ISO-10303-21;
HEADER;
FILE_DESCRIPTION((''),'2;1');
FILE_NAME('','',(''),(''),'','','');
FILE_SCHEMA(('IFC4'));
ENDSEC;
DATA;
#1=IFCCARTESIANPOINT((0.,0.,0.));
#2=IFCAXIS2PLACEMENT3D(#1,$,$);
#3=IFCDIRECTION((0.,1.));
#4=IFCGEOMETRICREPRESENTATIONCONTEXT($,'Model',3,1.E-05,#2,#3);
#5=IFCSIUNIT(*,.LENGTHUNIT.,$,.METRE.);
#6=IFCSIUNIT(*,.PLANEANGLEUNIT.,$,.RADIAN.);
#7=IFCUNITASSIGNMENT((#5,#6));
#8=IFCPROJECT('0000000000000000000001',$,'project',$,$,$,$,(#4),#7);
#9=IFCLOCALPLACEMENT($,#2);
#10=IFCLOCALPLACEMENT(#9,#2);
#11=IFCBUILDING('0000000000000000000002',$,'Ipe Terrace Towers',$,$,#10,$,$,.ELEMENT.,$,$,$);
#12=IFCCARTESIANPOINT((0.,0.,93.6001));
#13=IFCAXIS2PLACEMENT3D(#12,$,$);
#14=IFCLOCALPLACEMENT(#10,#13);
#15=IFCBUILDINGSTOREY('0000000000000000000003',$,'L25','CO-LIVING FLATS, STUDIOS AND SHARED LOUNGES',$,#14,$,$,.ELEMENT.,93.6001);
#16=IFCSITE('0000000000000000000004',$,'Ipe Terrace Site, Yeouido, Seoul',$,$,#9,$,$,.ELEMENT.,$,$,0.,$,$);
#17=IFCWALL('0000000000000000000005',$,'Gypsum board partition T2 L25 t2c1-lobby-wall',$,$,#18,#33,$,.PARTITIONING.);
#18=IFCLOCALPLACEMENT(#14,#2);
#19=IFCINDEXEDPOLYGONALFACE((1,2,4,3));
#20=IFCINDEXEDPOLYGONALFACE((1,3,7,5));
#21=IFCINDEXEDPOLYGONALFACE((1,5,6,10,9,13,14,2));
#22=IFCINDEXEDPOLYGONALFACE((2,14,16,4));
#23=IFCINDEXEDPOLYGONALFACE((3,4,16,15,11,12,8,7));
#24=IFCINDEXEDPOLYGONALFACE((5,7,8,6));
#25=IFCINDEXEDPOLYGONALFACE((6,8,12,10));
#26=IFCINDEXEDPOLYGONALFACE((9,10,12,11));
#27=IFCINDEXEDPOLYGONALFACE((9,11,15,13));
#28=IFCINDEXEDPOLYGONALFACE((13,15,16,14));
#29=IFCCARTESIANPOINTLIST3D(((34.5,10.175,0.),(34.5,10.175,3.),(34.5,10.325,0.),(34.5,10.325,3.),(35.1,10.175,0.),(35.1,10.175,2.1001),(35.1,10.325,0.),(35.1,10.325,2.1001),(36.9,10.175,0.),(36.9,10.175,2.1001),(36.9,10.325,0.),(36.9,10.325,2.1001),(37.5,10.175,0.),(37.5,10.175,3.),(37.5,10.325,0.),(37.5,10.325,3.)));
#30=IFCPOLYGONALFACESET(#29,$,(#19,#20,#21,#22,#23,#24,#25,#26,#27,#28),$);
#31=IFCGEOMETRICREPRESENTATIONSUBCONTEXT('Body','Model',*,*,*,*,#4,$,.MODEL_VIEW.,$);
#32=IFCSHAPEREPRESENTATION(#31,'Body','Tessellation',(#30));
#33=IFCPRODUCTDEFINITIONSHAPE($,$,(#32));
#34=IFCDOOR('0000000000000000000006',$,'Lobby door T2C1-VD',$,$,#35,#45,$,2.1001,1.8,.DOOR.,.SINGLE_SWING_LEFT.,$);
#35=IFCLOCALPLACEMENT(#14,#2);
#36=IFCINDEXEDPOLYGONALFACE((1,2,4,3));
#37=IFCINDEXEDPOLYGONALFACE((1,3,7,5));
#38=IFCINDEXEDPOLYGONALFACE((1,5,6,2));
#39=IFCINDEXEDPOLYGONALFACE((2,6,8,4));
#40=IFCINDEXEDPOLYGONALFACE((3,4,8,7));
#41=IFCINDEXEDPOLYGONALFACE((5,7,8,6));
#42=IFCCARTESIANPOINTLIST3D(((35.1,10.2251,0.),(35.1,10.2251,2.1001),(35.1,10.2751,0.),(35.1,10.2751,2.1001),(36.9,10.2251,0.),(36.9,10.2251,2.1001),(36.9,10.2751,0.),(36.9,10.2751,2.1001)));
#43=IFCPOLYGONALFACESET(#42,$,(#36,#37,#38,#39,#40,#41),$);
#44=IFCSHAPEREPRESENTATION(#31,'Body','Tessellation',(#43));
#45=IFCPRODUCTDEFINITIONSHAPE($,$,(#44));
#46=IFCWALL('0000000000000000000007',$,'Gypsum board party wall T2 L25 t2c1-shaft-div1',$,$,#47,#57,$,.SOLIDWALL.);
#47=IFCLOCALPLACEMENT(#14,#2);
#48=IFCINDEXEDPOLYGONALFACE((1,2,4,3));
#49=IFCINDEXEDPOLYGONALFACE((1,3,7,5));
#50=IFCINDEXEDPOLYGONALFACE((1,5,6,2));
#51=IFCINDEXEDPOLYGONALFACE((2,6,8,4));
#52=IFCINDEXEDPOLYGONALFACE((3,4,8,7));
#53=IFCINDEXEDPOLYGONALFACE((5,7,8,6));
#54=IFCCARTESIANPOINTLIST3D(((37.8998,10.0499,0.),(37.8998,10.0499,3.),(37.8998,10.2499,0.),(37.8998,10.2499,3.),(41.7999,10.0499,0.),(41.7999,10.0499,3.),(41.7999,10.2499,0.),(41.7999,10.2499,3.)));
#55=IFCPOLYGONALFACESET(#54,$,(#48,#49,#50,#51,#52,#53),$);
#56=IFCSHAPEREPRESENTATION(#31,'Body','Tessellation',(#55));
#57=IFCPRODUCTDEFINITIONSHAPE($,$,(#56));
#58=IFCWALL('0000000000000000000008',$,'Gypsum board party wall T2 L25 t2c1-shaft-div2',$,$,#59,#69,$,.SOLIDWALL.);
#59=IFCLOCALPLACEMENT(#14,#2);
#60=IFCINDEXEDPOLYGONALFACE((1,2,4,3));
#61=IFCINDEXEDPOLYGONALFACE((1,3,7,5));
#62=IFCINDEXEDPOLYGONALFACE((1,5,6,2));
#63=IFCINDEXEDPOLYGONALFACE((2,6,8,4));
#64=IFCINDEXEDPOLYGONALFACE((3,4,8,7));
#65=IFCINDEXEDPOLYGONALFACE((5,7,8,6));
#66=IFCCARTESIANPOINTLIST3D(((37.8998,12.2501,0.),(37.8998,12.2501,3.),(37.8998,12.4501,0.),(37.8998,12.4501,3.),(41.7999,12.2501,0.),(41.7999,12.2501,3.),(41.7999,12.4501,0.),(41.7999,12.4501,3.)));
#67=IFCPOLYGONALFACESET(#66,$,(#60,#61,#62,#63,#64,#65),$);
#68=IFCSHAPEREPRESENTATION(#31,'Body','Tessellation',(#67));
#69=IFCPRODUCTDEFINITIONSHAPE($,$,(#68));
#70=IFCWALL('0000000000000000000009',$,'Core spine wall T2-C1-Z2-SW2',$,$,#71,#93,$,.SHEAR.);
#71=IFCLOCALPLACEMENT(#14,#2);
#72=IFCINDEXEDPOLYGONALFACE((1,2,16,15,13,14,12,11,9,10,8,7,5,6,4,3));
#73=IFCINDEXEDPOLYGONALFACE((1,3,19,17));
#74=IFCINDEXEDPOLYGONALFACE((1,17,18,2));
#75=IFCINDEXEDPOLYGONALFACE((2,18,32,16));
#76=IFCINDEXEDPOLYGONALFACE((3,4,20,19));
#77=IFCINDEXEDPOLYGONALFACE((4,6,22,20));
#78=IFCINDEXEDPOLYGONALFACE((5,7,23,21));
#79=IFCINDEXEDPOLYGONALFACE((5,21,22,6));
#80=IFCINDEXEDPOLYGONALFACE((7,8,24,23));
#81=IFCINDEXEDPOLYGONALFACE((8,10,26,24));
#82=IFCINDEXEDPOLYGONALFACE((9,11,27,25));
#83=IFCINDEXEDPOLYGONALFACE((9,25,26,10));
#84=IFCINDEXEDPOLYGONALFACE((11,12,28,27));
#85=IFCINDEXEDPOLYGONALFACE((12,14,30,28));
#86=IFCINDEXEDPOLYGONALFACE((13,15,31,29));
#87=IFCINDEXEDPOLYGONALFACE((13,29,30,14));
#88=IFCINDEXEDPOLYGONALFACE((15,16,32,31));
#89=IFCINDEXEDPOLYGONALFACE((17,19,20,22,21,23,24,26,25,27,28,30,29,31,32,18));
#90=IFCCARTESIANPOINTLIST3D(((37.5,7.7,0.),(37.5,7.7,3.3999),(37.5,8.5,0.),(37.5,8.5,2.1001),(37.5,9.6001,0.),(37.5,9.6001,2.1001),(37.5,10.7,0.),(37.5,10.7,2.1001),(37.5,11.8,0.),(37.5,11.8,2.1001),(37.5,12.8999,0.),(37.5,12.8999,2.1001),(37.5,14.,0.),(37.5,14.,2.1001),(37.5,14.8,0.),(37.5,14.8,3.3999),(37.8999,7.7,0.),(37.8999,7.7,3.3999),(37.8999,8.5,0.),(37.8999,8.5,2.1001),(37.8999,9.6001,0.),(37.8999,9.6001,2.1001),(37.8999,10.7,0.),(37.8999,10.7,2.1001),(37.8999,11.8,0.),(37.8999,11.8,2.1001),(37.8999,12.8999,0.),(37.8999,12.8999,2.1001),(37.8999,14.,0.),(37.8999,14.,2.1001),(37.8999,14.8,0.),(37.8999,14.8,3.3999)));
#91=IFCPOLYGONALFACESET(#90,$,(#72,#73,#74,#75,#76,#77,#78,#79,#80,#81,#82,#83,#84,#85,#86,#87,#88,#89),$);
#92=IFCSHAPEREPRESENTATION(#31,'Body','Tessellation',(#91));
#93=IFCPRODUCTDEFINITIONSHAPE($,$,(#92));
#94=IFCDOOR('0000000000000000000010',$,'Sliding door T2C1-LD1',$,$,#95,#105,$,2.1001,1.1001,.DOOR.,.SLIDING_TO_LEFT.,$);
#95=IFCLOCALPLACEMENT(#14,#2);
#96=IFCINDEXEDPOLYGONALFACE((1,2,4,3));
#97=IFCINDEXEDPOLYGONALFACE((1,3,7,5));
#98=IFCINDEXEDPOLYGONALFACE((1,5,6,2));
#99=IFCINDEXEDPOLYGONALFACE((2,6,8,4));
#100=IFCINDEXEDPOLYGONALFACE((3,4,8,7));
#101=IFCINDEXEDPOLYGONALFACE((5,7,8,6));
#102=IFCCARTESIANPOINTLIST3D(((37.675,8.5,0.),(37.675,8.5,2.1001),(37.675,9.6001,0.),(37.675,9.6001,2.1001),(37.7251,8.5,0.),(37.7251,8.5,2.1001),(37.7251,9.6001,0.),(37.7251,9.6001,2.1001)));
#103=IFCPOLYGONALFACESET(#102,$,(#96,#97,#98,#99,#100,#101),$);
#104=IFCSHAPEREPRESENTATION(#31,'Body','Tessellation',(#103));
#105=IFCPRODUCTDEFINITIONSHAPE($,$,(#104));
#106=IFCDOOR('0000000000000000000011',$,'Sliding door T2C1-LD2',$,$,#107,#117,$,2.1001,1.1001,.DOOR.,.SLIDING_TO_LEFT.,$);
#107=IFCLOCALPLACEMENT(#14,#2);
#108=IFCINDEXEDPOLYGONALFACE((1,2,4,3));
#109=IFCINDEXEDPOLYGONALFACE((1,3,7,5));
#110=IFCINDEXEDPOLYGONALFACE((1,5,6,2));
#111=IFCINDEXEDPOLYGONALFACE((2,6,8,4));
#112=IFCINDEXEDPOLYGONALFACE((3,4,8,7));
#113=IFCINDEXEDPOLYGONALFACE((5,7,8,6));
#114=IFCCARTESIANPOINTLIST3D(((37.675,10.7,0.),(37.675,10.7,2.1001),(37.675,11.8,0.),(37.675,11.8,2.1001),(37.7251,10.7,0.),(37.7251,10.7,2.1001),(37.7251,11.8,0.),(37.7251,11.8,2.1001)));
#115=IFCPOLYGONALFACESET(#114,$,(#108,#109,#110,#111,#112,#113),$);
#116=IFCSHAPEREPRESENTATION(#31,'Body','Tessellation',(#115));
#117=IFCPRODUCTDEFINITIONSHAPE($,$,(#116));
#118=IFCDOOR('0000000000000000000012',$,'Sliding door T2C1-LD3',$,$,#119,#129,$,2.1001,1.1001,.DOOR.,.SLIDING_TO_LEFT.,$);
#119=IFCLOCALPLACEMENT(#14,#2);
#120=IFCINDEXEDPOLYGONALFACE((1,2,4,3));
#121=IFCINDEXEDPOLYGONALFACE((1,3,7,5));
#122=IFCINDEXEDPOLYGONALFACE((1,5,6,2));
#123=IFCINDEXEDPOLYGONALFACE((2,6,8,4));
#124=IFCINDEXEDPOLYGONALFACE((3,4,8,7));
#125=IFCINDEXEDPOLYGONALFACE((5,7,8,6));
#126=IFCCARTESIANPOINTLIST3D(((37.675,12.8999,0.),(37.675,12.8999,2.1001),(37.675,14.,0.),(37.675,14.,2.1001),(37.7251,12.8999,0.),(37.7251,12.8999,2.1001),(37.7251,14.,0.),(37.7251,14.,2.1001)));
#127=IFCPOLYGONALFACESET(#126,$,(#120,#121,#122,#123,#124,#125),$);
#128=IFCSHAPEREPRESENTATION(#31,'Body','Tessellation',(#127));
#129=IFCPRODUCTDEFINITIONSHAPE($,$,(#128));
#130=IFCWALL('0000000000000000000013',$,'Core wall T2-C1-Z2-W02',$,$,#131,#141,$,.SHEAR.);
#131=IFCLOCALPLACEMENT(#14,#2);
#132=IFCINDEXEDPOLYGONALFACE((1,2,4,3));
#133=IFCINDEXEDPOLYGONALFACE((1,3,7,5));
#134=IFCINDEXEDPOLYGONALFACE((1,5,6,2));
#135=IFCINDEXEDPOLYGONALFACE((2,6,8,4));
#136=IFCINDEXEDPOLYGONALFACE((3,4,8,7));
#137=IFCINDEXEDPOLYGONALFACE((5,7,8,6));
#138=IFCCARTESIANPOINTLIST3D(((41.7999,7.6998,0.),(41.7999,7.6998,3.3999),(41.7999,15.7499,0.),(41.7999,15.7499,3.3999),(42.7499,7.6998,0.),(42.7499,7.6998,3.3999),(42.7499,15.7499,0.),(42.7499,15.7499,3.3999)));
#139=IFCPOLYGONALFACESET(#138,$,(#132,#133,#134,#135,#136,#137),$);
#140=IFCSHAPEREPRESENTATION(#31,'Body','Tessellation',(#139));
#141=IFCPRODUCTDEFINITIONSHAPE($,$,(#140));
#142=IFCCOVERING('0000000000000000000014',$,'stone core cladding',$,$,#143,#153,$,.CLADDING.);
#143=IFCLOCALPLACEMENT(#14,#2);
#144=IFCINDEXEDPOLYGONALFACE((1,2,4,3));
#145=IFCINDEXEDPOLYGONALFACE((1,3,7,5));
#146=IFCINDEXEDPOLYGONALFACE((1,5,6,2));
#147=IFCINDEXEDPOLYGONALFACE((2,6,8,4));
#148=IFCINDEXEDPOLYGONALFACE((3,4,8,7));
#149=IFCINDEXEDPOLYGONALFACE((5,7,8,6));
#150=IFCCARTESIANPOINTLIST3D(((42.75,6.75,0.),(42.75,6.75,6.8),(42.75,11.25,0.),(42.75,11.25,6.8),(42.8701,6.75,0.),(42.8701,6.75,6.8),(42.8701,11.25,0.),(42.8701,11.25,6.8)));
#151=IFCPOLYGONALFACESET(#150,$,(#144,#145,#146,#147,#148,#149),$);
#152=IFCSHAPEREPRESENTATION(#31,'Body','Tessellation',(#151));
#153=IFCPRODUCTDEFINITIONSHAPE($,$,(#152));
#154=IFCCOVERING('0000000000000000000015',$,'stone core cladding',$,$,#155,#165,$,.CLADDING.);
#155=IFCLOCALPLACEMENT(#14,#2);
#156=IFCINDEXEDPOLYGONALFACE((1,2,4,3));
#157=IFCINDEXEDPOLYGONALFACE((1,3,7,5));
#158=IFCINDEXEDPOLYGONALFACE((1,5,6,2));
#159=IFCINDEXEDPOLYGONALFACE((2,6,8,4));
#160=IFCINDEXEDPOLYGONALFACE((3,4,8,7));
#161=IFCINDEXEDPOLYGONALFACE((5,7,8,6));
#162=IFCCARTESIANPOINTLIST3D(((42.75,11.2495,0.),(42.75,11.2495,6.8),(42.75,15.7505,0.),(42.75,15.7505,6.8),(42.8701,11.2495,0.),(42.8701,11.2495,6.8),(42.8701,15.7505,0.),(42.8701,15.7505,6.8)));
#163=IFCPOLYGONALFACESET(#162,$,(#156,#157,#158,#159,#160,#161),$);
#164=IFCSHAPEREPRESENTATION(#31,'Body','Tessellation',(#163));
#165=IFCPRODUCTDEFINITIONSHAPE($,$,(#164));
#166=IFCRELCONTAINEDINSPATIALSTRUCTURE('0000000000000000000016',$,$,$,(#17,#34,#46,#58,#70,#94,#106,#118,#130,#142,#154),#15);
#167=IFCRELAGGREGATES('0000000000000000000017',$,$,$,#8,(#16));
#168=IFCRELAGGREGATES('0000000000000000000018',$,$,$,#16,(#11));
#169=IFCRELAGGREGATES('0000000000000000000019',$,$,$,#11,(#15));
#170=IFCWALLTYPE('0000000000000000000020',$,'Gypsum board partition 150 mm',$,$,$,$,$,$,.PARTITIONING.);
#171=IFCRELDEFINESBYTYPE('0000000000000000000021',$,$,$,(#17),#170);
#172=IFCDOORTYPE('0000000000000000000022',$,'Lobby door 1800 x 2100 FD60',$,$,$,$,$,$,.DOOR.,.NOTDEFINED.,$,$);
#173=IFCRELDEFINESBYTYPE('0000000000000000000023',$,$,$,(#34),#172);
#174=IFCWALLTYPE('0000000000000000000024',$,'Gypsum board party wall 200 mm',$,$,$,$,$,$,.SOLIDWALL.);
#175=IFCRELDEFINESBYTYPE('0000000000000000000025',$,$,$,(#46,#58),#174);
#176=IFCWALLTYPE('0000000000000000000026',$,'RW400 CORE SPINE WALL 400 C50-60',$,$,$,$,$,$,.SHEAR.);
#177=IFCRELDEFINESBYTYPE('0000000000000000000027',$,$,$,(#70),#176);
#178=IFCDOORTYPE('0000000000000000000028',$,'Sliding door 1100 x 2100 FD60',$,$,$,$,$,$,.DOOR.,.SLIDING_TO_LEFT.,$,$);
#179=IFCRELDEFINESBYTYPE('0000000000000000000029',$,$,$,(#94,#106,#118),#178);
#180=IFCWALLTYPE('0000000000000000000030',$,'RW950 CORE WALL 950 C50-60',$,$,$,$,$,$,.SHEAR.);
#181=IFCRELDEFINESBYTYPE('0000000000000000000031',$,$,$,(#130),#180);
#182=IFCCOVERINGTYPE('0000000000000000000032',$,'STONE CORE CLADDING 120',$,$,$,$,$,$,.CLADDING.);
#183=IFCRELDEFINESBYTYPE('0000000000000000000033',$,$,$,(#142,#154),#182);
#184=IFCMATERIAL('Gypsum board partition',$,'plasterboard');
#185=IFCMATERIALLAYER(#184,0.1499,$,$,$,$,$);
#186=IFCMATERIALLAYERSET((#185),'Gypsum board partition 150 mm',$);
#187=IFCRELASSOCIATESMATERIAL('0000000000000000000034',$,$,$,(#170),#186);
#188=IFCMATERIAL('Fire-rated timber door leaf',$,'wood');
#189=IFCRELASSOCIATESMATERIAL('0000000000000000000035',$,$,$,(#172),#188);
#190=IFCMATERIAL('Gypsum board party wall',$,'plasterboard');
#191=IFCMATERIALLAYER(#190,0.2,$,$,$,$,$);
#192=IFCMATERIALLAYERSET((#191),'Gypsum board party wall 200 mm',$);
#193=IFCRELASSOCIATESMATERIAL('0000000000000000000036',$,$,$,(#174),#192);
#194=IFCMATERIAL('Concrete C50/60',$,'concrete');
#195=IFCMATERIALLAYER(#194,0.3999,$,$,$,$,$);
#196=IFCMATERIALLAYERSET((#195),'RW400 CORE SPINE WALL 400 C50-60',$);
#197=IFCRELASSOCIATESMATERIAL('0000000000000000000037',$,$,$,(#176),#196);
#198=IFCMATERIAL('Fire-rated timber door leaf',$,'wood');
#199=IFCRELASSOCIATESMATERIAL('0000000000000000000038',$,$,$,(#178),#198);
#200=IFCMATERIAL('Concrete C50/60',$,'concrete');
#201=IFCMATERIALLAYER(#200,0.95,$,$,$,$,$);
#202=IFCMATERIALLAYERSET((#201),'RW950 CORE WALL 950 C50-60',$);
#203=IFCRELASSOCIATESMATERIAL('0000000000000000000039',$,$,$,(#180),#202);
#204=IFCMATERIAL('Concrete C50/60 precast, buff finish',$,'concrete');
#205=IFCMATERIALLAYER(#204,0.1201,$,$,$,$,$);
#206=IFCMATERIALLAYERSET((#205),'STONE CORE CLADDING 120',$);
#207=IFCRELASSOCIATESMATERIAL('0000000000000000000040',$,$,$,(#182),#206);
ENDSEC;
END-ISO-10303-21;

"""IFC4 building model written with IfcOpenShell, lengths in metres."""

from ifc_helpers import new_model, si_unit, direction, frame, frame_2d, origin, origin_2d, place, context, subcontext, project, spatial, rectangle, extrude, material, layer, layer_set, type_object, element, fill, save


model = new_model("IFC4")

# Units and contexts
model_context = context("Model", 3, precision=1e-05, world=origin(), true_north=direction((0.0, 1.0)))
body_context = subcontext(model_context, "Body", "Model", "MODEL_VIEW")
ifc_project = project(units=[si_unit("LENGTHUNIT", "METRE"), si_unit("PLANEANGLEUNIT", "RADIAN")], contexts=[model_context])

# Site, building, storey
site_placement = place(None, origin())
site = spatial("IfcSite", under=ifc_project, at=site_placement, Name="Ipe Terrace Site, Yeouido, Seoul", CompositionType="ELEMENT", RefElevation=0.0)
building_placement = place(site_placement, origin())
building = spatial("IfcBuilding", under=site, at=building_placement, Name="Ipe Terrace Towers", CompositionType="ELEMENT")
storey_placement = place(building_placement, frame((0.0, 0.0, 93.6001)))
storey = spatial("IfcBuildingStorey", under=building, at=storey_placement, Name="L25", Description="CO-LIVING FLATS, STUDIOS AND SHARED LOUNGES", CompositionType="ELEMENT", Elevation=93.6001)

# Wall, opening, door
ifc_material_1 = material(Name="Gypsum board partition", Category="plasterboard")
ifc_layer_1 = layer(ifc_material_1, 0.1499)
ifc_layer_set_1 = layer_set([ifc_layer_1], Name="Gypsum board partition 150 mm")
wall_type_1 = type_object("IfcWallType", Name="Gypsum board partition 150 mm", PredefinedType="PARTITIONING", material=ifc_layer_set_1)
wall_1_placement = place(storey_placement, frame((37.5, 10.25, 0.0), z_axis=(0.0, 0.0, 1.0), x_axis=(-1.0, 0.0, 0.0)))
wall_1 = element("IfcWall", 1, at=wall_1_placement, inside=storey, type_object=wall_type_1, Name="Gypsum board partition T2 L25 t2c1-lobby-wall", PredefinedType="PARTITIONING", context=body_context, shape_type="SweptSolid", body=[
    extrude(rectangle(XDim=3.0, YDim=0.1499, at=frame_2d((1.5, 0.0))), origin(), (0.0, 0.0, 1.0), 3.0),
])
opening_1_placement = place(wall_1_placement, frame((0.6001, 0.0, 0.0)))
opening_1 = element("IfcOpeningElement", 2, at=opening_1_placement, cuts=wall_1, PredefinedType="OPENING", context=body_context, shape_type="SweptSolid", body=[
    extrude(rectangle(XDim=1.8, YDim=2.1001, at=frame_2d((0.8999, 1.05))), frame((0.0, 0.085, 0.0), z_axis=(0.0, -1.0, 0.0), x_axis=(1.0, 0.0, 0.0)), (0.0, 0.0, 1.0), 0.1699),
])
ifc_material_2 = material(Name="Fire-rated timber door leaf", Category="wood")
door_type_1 = type_object("IfcDoorType", Name="Lobby door 1800 x 2100 FD60", OperationType="NOTDEFINED", PredefinedType="DOOR", material=ifc_material_2)
door_1_placement = place(opening_1_placement, origin())
door_1 = element("IfcDoor", 3, at=door_1_placement, inside=storey, type_object=door_type_1, Name="Lobby door T2C1-VD", OperationType="SINGLE_SWING_LEFT", OverallHeight=2.1001, OverallWidth=1.8, PredefinedType="DOOR", context=body_context, shape_type="SweptSolid", body=[
    extrude(rectangle(XDim=1.8, YDim=2.1001, at=frame_2d((0.8999, 1.05))), frame((0.0, 0.0249, 0.0), z_axis=(0.0, -1.0, 0.0), x_axis=(1.0, 0.0, 0.0)), (0.0, 0.0, 1.0), 0.05),
])
fill(opening_1, door_1)

# Walls
ifc_material_3 = material(Name="Gypsum board party wall", Category="plasterboard")
ifc_layer_2 = layer(ifc_material_3, 0.2)
ifc_layer_set_2 = layer_set([ifc_layer_2], Name="Gypsum board party wall 200 mm")
wall_type_2 = type_object("IfcWallType", Name="Gypsum board party wall 200 mm", PredefinedType="SOLIDWALL", material=ifc_layer_set_2)
for number, where, z_axis, x_axis, name in (
    (4, (41.8, 10.1499, 0.0), (0.0, 0.0, 1.0), (-1.0, 0.0, 0.0), "Gypsum board party wall T2 L25 t2c1-shaft-div1"),
    (5, (41.8, 12.3501, 0.0), (0.0, 0.0, 1.0), (-1.0, 0.0, 0.0), "Gypsum board party wall T2 L25 t2c1-shaft-div2"),
):
    element("IfcWall", number, at=place(storey_placement, frame(where, z_axis=z_axis, x_axis=x_axis)), inside=storey, type_object=wall_type_2, Name=name, PredefinedType="SOLIDWALL", context=body_context, shape_type="SweptSolid", body=[
        extrude(rectangle(XDim=3.9001, YDim=0.2, at=frame_2d((1.9502, 0.0))), origin(), (0.0, 0.0, 1.0), 3.0),
    ])

# Wall, openings, doors
ifc_material_4 = material(Name="Concrete C50/60", Category="concrete")
ifc_layer_3 = layer(ifc_material_4, 0.3999)
ifc_layer_set_3 = layer_set([ifc_layer_3], Name="RW400 CORE SPINE WALL 400 C50-60")
wall_type_3 = type_object("IfcWallType", Name="RW400 CORE SPINE WALL 400 C50-60", PredefinedType="SHEAR", material=ifc_layer_set_3)
wall_2_placement = place(storey_placement, frame((37.7, 7.7, 0.0), z_axis=(0.0, 0.0, 1.0), x_axis=(0.0, 1.0, 0.0)))
wall_2 = element("IfcWall", 6, at=wall_2_placement, inside=storey, type_object=wall_type_3, Name="Core spine wall T2-C1-Z2-SW2", PredefinedType="SHEAR", context=body_context, shape_type="SweptSolid", body=[
    extrude(rectangle(XDim=7.1001, YDim=0.3999, at=frame_2d((3.55, 0.0))), origin(), (0.0, 0.0, 1.0), 3.3999),
])
opening_2_placement = place(wall_2_placement, frame((0.8, 0.0, 0.0)))
opening_2 = element("IfcOpeningElement", 7, at=opening_2_placement, cuts=wall_2, PredefinedType="OPENING", context=body_context, shape_type="SweptSolid", body=[
    extrude(rectangle(XDim=1.1001, YDim=2.1001, at=frame_2d((0.55, 1.05))), frame((0.0, 0.21, 0.0), z_axis=(0.0, -1.0, 0.0), x_axis=(1.0, 0.0, 0.0)), (0.0, 0.0, 1.0), 0.4199),
])
opening_3_placement = place(wall_2_placement, frame((3.0, 0.0, 0.0)))
opening_3 = element("IfcOpeningElement", 8, at=opening_3_placement, cuts=wall_2, PredefinedType="OPENING", context=body_context, shape_type="SweptSolid", body=[
    extrude(rectangle(XDim=1.1001, YDim=2.1001, at=frame_2d((0.55, 1.05))), frame((0.0, 0.21, 0.0), z_axis=(0.0, -1.0, 0.0), x_axis=(1.0, 0.0, 0.0)), (0.0, 0.0, 1.0), 0.4199),
])
opening_4_placement = place(wall_2_placement, frame((5.2, 0.0, 0.0)))
opening_4 = element("IfcOpeningElement", 9, at=opening_4_placement, cuts=wall_2, PredefinedType="OPENING", context=body_context, shape_type="SweptSolid", body=[
    extrude(rectangle(XDim=1.1001, YDim=2.1001, at=frame_2d((0.55, 1.05))), frame((0.0, 0.21, 0.0), z_axis=(0.0, -1.0, 0.0), x_axis=(1.0, 0.0, 0.0)), (0.0, 0.0, 1.0), 0.4199),
])
ifc_material_5 = material(Name="Fire-rated timber door leaf", Category="wood")
door_type_2 = type_object("IfcDoorType", Name="Sliding door 1100 x 2100 FD60", OperationType="SLIDING_TO_LEFT", PredefinedType="DOOR", material=ifc_material_5)
door_2_placement = place(opening_2_placement, origin())
door_2 = element("IfcDoor", 10, at=door_2_placement, inside=storey, type_object=door_type_2, Name="Sliding door T2C1-LD1", OperationType="SLIDING_TO_LEFT", OverallHeight=2.1001, OverallWidth=1.1001, PredefinedType="DOOR", context=body_context, shape_type="SweptSolid", body=[
    extrude(rectangle(XDim=1.1001, YDim=2.1001, at=frame_2d((0.55, 1.05))), frame((0.0, 0.0249, 0.0), z_axis=(0.0, -1.0, 0.0), x_axis=(1.0, 0.0, 0.0)), (0.0, 0.0, 1.0), 0.05),
])
fill(opening_2, door_2)
door_3_placement = place(opening_3_placement, origin())
door_3 = element("IfcDoor", 11, at=door_3_placement, inside=storey, type_object=door_type_2, Name="Sliding door T2C1-LD2", OperationType="SLIDING_TO_LEFT", OverallHeight=2.1001, OverallWidth=1.1001, PredefinedType="DOOR", context=body_context, shape_type="SweptSolid", body=[
    extrude(rectangle(XDim=1.1001, YDim=2.1001, at=frame_2d((0.55, 1.05))), frame((0.0, 0.0249, 0.0), z_axis=(0.0, -1.0, 0.0), x_axis=(1.0, 0.0, 0.0)), (0.0, 0.0, 1.0), 0.05),
])
fill(opening_3, door_3)
door_4_placement = place(opening_4_placement, origin())
door_4 = element("IfcDoor", 12, at=door_4_placement, inside=storey, type_object=door_type_2, Name="Sliding door T2C1-LD3", OperationType="SLIDING_TO_LEFT", OverallHeight=2.1001, OverallWidth=1.1001, PredefinedType="DOOR", context=body_context, shape_type="SweptSolid", body=[
    extrude(rectangle(XDim=1.1001, YDim=2.1001, at=frame_2d((0.55, 1.05))), frame((0.0, 0.0249, 0.0), z_axis=(0.0, -1.0, 0.0), x_axis=(1.0, 0.0, 0.0)), (0.0, 0.0, 1.0), 0.05),
])
fill(opening_4, door_4)

# Wall
ifc_material_6 = material(Name="Concrete C50/60", Category="concrete")
ifc_layer_4 = layer(ifc_material_6, 0.95)
ifc_layer_set_4 = layer_set([ifc_layer_4], Name="RW950 CORE WALL 950 C50-60")
wall_type_4 = type_object("IfcWallType", Name="RW950 CORE WALL 950 C50-60", PredefinedType="SHEAR", material=ifc_layer_set_4)
wall_3_placement = place(storey_placement, frame((42.2749, 7.7, 0.0), z_axis=(0.0, 0.0, 1.0), x_axis=(0.0, 1.0, 0.0)))
element("IfcWall", 13, at=wall_3_placement, inside=storey, type_object=wall_type_4, Name="Core wall T2-C1-Z2-W02", PredefinedType="SHEAR", context=body_context, shape_type="SweptSolid", body=[
    extrude(rectangle(XDim=8.05, YDim=0.95, at=frame_2d((4.0249, 0.0))), origin(), (0.0, 0.0, 1.0), 3.3999),
])

# Coverings
ifc_material_7 = material(Name="Concrete C50/60 precast, buff finish", Category="concrete")
ifc_layer_5 = layer(ifc_material_7, 0.1201)
ifc_layer_set_5 = layer_set([ifc_layer_5], Name="STONE CORE CLADDING 120")
covering_type = type_object("IfcCoveringType", Name="STONE CORE CLADDING 120", PredefinedType="CLADDING", material=ifc_layer_set_5)
covering_1_placement = place(storey_placement, frame((42.8101, 9.0, 0.0), z_axis=(0.0, 0.0, 1.0), x_axis=(0.0, 1.0, 0.0)))
element("IfcCovering", 14, at=covering_1_placement, inside=storey, type_object=covering_type, Name="stone core cladding", PredefinedType="CLADDING", context=body_context, shape_type="SweptSolid", body=[
    extrude(rectangle(XDim=4.5, YDim=0.1201, at=origin_2d()), origin(), (0.0, 0.0, 1.0), 6.8),
])
covering_2_placement = place(storey_placement, frame((42.8101, 13.5, 0.0), z_axis=(0.0, 0.0, 1.0), x_axis=(0.0, 1.0, 0.0)))
element("IfcCovering", 15, at=covering_2_placement, inside=storey, type_object=covering_type, Name="stone core cladding", PredefinedType="CLADDING", context=body_context, shape_type="SweptSolid", body=[
    extrude(rectangle(XDim=4.501, YDim=0.1201, at=origin_2d()), origin(), (0.0, 0.0, 1.0), 6.8),
])

save(model, "model.ifc")
